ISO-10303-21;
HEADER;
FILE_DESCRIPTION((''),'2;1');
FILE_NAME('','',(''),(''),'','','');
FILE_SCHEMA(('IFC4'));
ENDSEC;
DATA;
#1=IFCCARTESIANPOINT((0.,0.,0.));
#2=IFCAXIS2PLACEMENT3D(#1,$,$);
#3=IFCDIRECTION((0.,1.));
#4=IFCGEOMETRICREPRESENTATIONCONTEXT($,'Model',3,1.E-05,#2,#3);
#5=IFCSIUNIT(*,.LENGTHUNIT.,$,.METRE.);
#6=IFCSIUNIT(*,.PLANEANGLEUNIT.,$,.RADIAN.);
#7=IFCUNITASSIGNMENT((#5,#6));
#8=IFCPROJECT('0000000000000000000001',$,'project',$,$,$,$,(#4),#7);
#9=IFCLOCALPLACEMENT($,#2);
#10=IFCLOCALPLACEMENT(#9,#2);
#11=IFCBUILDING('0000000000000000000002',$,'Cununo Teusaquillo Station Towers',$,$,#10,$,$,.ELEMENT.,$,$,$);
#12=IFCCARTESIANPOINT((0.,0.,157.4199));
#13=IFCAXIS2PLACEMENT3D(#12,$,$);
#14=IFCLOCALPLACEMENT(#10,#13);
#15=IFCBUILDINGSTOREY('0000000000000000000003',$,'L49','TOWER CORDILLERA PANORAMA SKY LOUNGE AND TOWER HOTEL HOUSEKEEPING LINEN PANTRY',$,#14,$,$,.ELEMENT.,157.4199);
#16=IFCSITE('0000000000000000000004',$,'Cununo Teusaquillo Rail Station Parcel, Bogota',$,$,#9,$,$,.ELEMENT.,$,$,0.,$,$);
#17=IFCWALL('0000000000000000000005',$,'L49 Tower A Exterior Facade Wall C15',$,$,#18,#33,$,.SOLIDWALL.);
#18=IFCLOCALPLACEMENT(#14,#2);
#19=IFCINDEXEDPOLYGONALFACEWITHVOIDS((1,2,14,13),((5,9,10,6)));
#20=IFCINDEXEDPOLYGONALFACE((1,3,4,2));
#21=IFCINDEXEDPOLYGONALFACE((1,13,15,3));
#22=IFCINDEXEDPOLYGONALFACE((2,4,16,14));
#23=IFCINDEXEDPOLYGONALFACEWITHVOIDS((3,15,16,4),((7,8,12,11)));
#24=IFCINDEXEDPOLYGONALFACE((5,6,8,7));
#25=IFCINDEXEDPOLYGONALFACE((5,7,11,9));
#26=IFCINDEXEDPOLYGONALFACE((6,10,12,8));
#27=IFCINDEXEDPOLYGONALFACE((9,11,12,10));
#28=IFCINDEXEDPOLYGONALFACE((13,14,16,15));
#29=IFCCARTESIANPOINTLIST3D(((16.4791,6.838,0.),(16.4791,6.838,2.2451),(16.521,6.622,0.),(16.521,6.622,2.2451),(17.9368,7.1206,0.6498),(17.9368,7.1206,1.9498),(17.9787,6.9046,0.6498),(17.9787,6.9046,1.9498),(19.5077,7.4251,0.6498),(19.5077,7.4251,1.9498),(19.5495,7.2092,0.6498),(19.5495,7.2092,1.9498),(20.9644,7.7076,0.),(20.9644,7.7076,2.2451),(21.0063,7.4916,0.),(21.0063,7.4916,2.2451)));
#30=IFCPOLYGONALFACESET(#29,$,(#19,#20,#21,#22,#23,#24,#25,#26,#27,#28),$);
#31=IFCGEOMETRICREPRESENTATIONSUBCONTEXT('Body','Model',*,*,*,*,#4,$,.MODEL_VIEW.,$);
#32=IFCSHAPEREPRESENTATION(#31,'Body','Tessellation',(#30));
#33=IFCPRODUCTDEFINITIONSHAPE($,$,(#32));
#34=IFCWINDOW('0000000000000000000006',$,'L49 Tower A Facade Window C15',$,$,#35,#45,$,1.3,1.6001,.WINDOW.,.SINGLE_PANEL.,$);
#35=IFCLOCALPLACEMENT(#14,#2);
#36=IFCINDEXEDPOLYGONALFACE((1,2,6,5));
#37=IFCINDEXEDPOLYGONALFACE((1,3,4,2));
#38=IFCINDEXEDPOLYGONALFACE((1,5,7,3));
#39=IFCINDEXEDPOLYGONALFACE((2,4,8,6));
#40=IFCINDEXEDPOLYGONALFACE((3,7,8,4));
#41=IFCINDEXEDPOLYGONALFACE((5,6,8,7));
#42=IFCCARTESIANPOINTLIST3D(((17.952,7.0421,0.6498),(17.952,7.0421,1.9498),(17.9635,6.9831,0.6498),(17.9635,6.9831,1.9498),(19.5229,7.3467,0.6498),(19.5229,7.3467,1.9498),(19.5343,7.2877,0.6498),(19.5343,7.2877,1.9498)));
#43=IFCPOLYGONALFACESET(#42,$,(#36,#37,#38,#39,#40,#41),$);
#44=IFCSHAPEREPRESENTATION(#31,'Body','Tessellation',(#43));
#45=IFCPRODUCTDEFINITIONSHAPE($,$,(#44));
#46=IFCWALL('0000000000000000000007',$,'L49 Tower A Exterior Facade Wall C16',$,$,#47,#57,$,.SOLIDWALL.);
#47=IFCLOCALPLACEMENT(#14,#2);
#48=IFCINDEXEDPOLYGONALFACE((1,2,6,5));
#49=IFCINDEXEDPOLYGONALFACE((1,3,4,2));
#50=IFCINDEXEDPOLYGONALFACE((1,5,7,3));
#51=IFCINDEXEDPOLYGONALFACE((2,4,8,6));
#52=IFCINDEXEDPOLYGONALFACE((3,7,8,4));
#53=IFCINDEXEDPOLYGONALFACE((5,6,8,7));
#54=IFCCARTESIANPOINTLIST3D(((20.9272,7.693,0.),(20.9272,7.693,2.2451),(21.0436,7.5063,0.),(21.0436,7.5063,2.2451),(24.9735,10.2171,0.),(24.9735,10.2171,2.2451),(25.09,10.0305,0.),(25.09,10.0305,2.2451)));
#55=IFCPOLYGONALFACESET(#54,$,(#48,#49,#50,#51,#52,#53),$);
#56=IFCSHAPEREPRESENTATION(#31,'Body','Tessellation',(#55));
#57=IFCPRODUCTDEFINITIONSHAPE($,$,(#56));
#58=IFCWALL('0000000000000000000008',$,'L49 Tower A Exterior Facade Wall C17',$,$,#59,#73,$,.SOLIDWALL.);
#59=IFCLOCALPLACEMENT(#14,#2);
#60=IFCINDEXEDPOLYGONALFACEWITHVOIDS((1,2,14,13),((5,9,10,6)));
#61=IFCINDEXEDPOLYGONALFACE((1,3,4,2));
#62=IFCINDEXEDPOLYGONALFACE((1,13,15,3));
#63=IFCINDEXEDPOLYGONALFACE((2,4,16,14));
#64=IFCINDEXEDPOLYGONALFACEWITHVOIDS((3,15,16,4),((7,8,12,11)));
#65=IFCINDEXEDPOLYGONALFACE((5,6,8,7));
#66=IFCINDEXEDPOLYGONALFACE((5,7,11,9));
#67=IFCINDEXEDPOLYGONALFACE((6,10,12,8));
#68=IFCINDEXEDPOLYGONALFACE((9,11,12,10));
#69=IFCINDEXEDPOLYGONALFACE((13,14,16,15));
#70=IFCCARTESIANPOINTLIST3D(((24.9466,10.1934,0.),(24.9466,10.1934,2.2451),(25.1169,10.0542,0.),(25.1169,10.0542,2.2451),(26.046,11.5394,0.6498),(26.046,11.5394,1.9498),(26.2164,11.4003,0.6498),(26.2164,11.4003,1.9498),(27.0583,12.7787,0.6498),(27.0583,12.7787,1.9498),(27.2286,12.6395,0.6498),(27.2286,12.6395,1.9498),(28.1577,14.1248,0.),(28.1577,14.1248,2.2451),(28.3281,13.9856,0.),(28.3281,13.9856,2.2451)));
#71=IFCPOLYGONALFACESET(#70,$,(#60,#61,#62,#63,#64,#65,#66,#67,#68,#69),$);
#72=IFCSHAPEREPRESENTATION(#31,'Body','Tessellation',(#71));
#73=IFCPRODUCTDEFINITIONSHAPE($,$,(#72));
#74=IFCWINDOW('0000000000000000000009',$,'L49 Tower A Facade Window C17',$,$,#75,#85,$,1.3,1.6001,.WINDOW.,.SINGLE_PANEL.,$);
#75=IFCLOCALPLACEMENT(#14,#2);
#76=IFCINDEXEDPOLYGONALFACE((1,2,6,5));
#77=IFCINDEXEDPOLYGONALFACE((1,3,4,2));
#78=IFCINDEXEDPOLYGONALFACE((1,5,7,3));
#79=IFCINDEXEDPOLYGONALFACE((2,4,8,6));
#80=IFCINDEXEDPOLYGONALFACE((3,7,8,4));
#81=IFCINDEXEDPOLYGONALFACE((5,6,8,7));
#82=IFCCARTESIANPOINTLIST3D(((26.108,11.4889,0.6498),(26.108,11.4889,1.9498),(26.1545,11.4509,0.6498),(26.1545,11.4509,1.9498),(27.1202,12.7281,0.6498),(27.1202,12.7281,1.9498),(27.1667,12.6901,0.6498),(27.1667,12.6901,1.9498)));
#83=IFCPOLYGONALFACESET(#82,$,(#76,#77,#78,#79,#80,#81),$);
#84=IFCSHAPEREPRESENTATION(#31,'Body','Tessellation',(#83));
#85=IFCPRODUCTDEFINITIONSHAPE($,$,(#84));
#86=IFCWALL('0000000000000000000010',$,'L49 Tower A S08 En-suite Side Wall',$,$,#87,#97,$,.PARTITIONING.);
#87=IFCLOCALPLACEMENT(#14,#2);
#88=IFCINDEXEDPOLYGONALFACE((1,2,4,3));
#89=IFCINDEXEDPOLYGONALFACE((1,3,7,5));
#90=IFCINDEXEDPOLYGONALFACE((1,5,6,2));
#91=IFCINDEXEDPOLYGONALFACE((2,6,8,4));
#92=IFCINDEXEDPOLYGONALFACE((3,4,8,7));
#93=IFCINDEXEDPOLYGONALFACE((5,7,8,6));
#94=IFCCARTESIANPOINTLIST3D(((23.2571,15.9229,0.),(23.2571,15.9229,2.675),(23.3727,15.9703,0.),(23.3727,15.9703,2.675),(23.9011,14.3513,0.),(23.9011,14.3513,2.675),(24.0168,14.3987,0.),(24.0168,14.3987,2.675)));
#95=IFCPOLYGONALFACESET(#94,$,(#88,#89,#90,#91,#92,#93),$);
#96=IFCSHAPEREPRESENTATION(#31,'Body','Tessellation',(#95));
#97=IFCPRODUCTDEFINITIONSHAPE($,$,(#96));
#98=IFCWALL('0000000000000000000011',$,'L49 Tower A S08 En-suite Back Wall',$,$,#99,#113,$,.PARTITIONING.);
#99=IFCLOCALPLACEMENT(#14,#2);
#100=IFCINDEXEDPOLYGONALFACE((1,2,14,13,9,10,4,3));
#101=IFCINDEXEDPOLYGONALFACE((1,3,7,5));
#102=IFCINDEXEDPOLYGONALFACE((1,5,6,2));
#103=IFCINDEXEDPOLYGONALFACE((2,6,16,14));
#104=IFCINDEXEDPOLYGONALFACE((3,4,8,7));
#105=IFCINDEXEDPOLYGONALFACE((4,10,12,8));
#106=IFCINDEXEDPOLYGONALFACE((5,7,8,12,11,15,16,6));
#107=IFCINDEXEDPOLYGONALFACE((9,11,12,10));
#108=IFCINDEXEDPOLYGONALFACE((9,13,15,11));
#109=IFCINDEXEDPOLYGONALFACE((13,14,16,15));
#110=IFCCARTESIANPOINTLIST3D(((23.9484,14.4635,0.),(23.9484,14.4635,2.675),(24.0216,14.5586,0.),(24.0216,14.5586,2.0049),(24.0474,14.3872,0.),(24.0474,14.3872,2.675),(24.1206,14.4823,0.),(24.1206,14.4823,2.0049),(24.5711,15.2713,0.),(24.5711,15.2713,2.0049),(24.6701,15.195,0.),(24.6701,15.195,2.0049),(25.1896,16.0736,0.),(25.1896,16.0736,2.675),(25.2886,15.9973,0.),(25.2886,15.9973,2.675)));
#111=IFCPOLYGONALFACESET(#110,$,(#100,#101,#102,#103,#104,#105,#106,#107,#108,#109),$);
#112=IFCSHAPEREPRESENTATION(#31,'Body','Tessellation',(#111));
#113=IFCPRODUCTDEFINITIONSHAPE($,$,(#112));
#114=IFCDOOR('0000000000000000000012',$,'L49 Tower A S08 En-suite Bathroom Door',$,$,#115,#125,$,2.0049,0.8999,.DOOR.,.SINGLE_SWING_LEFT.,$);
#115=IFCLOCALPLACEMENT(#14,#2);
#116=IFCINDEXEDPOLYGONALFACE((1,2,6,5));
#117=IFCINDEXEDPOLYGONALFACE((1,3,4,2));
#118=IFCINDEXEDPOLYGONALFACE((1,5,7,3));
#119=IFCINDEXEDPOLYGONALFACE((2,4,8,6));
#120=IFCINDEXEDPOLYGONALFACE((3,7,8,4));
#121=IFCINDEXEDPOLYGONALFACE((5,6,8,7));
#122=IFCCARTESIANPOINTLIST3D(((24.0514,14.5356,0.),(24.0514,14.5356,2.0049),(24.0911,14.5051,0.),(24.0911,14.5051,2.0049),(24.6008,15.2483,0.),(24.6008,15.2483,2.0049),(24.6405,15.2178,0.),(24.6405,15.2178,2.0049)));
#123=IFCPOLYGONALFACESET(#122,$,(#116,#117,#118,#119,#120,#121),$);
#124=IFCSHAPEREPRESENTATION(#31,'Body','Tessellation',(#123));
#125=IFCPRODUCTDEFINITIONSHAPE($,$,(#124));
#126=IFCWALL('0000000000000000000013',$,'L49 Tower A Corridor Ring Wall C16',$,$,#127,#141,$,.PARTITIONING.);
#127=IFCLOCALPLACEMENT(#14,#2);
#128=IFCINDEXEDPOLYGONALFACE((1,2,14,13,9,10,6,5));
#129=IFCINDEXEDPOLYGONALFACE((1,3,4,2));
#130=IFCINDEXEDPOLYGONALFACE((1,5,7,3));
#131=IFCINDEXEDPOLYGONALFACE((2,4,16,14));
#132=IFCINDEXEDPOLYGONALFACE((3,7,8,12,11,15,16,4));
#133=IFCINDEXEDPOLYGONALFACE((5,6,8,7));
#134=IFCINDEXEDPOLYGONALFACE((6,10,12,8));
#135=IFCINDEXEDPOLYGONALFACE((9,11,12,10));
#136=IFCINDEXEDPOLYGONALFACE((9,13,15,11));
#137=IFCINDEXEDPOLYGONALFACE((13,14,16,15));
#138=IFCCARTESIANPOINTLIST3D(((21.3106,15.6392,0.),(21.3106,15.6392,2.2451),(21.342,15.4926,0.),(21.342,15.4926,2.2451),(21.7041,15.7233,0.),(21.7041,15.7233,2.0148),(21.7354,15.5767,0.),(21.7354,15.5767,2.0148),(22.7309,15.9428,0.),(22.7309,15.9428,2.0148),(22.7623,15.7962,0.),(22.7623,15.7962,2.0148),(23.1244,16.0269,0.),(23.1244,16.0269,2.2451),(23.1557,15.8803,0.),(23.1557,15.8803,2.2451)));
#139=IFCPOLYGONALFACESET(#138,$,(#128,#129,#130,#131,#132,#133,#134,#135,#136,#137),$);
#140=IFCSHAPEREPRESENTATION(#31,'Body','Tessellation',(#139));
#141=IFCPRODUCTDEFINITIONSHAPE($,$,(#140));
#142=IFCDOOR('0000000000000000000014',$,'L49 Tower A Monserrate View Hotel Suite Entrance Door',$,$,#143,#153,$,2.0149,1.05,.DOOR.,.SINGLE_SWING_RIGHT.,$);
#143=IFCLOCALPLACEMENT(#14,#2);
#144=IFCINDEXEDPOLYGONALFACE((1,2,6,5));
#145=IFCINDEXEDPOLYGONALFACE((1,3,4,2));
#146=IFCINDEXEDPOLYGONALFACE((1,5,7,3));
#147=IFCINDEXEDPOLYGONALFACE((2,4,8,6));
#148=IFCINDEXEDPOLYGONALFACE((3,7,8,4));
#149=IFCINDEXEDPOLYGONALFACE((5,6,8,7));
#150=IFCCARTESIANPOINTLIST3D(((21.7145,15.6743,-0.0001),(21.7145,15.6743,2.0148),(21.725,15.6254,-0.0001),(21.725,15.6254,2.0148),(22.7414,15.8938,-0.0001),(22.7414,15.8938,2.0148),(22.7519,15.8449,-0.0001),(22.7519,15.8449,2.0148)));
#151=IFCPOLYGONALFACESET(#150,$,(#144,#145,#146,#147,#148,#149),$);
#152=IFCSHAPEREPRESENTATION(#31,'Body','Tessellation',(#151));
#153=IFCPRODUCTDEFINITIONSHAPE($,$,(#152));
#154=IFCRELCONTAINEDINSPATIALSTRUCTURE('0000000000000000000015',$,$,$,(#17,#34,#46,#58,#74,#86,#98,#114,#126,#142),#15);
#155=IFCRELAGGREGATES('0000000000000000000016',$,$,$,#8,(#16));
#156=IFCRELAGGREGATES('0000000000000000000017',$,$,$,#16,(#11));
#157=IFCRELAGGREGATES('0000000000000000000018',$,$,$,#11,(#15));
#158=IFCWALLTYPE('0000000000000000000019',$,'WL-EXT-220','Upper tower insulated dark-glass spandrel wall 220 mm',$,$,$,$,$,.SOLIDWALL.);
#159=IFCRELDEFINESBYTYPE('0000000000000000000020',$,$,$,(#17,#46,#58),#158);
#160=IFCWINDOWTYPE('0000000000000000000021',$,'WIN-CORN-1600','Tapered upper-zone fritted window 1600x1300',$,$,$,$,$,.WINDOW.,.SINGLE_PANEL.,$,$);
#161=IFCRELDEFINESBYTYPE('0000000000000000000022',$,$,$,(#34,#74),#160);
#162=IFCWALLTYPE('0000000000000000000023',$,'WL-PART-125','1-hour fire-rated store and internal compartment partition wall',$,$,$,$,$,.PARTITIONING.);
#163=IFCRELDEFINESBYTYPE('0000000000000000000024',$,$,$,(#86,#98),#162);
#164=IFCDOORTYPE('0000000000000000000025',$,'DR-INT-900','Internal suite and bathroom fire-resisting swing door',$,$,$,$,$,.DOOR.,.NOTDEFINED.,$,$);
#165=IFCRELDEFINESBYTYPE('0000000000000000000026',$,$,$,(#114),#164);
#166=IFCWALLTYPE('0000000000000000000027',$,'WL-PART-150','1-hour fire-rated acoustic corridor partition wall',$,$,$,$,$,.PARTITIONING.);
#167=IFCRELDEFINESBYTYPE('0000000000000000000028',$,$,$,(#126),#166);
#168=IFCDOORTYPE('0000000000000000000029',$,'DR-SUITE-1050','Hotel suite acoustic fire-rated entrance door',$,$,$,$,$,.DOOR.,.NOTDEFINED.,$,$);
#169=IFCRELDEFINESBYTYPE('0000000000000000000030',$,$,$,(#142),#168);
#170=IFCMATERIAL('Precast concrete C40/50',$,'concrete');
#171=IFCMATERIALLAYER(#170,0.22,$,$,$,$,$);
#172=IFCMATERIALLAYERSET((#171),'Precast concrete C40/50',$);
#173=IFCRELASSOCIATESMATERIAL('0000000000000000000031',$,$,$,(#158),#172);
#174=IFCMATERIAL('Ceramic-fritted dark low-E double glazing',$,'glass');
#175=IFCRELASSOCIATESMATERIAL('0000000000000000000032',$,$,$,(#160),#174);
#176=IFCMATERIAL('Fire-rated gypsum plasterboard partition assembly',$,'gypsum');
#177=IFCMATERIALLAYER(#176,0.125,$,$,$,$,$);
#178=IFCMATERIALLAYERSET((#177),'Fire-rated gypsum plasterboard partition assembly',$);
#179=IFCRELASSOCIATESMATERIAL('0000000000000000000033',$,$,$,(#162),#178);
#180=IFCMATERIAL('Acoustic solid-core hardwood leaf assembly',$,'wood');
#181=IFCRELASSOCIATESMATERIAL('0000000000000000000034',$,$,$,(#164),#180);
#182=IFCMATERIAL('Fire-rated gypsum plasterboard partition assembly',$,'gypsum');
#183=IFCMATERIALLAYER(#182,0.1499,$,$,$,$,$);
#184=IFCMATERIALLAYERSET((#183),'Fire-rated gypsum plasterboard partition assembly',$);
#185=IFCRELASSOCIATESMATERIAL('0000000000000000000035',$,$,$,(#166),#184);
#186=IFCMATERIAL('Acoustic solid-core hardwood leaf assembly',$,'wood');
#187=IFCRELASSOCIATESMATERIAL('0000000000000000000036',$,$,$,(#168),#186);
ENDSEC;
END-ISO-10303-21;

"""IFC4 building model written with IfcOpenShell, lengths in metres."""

from ifc_helpers import new_model, si_unit, direction, frame, frame_2d, origin, place, context, subcontext, project, spatial, rectangle, extrude, source, transform, mapped, material, layer, layer_set, type_object, element, fill, save


model = new_model("IFC4")

# Units and contexts
model_context = context("Model", 3, precision=1e-05, world=origin(), true_north=direction((0.0, 1.0)))
body_context = subcontext(model_context, "Body", "Model", "MODEL_VIEW")
ifc_project = project(units=[si_unit("LENGTHUNIT", "METRE"), si_unit("PLANEANGLEUNIT", "RADIAN")], contexts=[model_context])

# Site, building, storey
site_placement = place(None, origin())
site = spatial("IfcSite", under=ifc_project, at=site_placement, Name="Cununo Teusaquillo Rail Station Parcel, Bogota", CompositionType="ELEMENT", RefElevation=0.0)
building_placement = place(site_placement, origin())
building = spatial("IfcBuilding", under=site, at=building_placement, Name="Cununo Teusaquillo Station Towers", CompositionType="ELEMENT")
storey_placement = place(building_placement, frame((0.0, 0.0, 157.4199)))
storey = spatial("IfcBuildingStorey", under=building, at=storey_placement, Name="L49", Description="TOWER CORDILLERA PANORAMA SKY LOUNGE AND TOWER HOTEL HOUSEKEEPING LINEN PANTRY", CompositionType="ELEMENT", Elevation=157.4199)

# Wall, opening, window
ifc_material_1 = material(Name="Precast concrete C40/50", Category="concrete")
ifc_layer_1 = layer(ifc_material_1, 0.22)
ifc_layer_set_1 = layer_set([ifc_layer_1], Name="Precast concrete C40/50")
wall_type_1 = type_object("IfcWallType", Name="WL-EXT-220", Description="Upper tower insulated dark-glass spandrel wall 220 mm", PredefinedType="SOLIDWALL", material=ifc_layer_set_1)
shared_shape_1 = source(origin(), body_context, "Body", "SweptSolid", [
    extrude(rectangle(XDim=1.6001, YDim=1.3, at=frame_2d((0.8, 0.6499))), frame((0.0, 0.1199, 0.0), z_axis=(0.0, -1.0, 0.0), x_axis=(1.0, 0.0, 0.0)), (0.0, 0.0, 1.0), 0.24),
])
ifc_material_2 = material(Name="Ceramic-fritted dark low-E double glazing", Category="glass")
window_type = type_object("IfcWindowType", Name="WIN-CORN-1600", Description="Tapered upper-zone fritted window 1600x1300", PartitioningType="SINGLE_PANEL", PredefinedType="WINDOW", material=ifc_material_2)
shared_shape_2 = source(origin(), body_context, "Body", "SweptSolid", [
    extrude(rectangle(XDim=1.6001, YDim=1.3, at=frame_2d((0.8, 0.6499))), frame((0.0, 0.03, 0.0), z_axis=(0.0, -1.0, 0.0), x_axis=(1.0, 0.0, 0.0)), (0.0, 0.0, 1.0), 0.0601),
])
wall_1_placement = place(storey_placement, frame((20.9854, 7.5996, 0.0), z_axis=(0.0, 0.0, 1.0), x_axis=(-0.981719, -0.190338, 0.0)))
wall_1 = element("IfcWall", 1, at=wall_1_placement, inside=storey, type_object=wall_type_1, Name="L49 Tower A Exterior Facade Wall C15", PredefinedType="SOLIDWALL", context=body_context, shape_type="SweptSolid", body=[
    extrude(rectangle(XDim=4.5688, YDim=0.22, at=frame_2d((2.2844, 0.0))), origin(), (0.0, 0.0, 1.0), 2.2451),
])
opening_1_placement = place(wall_1_placement, frame((1.4839, 0.0, 0.6499)))
opening_1 = element("IfcOpeningElement", 2, at=opening_1_placement, cuts=wall_1, PredefinedType="OPENING", context=body_context, shape_type="MappedRepresentation", body=[
    mapped(shared_shape_1, transform((0.0, 0.0, 0.0), x_axis=(1.0, 0.0, 0.0), y_axis=(0.0, 1.0, 0.0), z_axis=(0.0, 0.0, 1.0), scale=1.0)),
])
window_1_placement = place(opening_1_placement, origin())
window_1 = element("IfcWindow", 3, at=window_1_placement, inside=storey, type_object=window_type, Name="L49 Tower A Facade Window C15", OverallHeight=1.3, OverallWidth=1.6001, PartitioningType="SINGLE_PANEL", PredefinedType="WINDOW", context=body_context, shape_type="MappedRepresentation", body=[
    mapped(shared_shape_2, transform((0.0, 0.0, 0.0), x_axis=(1.0, 0.0, 0.0), y_axis=(0.0, 1.0, 0.0), z_axis=(0.0, 0.0, 1.0), scale=1.0)),
])
fill(opening_1, window_1)

# Wall
wall_2_placement = place(storey_placement, frame((25.0317, 10.1238, 0.0), z_axis=(0.0, 0.0, 1.0), x_axis=(-0.848452, -0.529272, 0.0)))
element("IfcWall", 4, at=wall_2_placement, inside=storey, type_object=wall_type_1, Name="L49 Tower A Exterior Facade Wall C16", PredefinedType="SOLIDWALL", context=body_context, shape_type="SweptSolid", body=[
    extrude(rectangle(XDim=4.769, YDim=0.22, at=frame_2d((2.3845, 0.0))), origin(), (0.0, 0.0, 1.0), 2.2451),
])

# Wall, opening, window
wall_3_placement = place(storey_placement, frame((28.2429, 14.0552, 0.0), z_axis=(0.0, 0.0, 1.0), x_axis=(-0.632599, -0.77448, 0.0)))
wall_3 = element("IfcWall", 5, at=wall_3_placement, inside=storey, type_object=wall_type_1, Name="L49 Tower A Exterior Facade Wall C17", PredefinedType="SOLIDWALL", context=body_context, shape_type="SweptSolid", body=[
    extrude(rectangle(XDim=5.0762, YDim=0.22, at=frame_2d((2.5381, 0.0))), origin(), (0.0, 0.0, 1.0), 2.2451),
])
opening_2_placement = place(wall_3_placement, frame((1.738, 0.0, 0.6499)))
opening_2 = element("IfcOpeningElement", 6, at=opening_2_placement, cuts=wall_3, PredefinedType="OPENING", context=body_context, shape_type="MappedRepresentation", body=[
    mapped(shared_shape_1, transform((0.0, 0.0, 0.0), x_axis=(1.0, 0.0, 0.0), y_axis=(0.0, 1.0, 0.0), z_axis=(0.0, 0.0, 1.0), scale=1.0)),
])
window_2_placement = place(opening_2_placement, origin())
window_2 = element("IfcWindow", 7, at=window_2_placement, inside=storey, type_object=window_type, Name="L49 Tower A Facade Window C17", OverallHeight=1.3, OverallWidth=1.6001, PartitioningType="SINGLE_PANEL", PredefinedType="WINDOW", context=body_context, shape_type="MappedRepresentation", body=[
    mapped(shared_shape_2, transform((0.0, 0.0, 0.0), x_axis=(1.0, 0.0, 0.0), y_axis=(0.0, 1.0, 0.0), z_axis=(0.0, 0.0, 1.0), scale=1.0)),
])
fill(opening_2, window_2)

# Wall
ifc_material_3 = material(Name="Fire-rated gypsum plasterboard partition assembly", Category="gypsum")
ifc_layer_2 = layer(ifc_material_3, 0.125)
ifc_layer_set_2 = layer_set([ifc_layer_2], Name="Fire-rated gypsum plasterboard partition assembly")
wall_type_2 = type_object("IfcWallType", Name="WL-PART-125", Description="1-hour fire-rated store and internal compartment partition wall", PredefinedType="PARTITIONING", material=ifc_layer_set_2)
wall_4_placement = place(storey_placement, frame((23.3149, 15.9465, 0.0), z_axis=(0.0, 0.0, 1.0), x_axis=(0.379209, -0.925311, 0.0)))
element("IfcWall", 8, at=wall_4_placement, inside=storey, type_object=wall_type_2, Name="L49 Tower A S08 En-suite Side Wall", PredefinedType="PARTITIONING", context=body_context, shape_type="SweptSolid", body=[
    extrude(rectangle(XDim=1.6985, YDim=0.125, at=frame_2d((0.8491, 0.0))), origin(), (0.0, 0.0, 1.0), 2.675),
])

# Walls, openings, doors
wall_5_placement = place(storey_placement, frame((23.9978, 14.4253, 0.0), z_axis=(0.0, 0.0, 1.0), x_axis=(0.610535, 0.79199, 0.0)))
wall_5 = element("IfcWall", 9, at=wall_5_placement, inside=storey, type_object=wall_type_2, Name="L49 Tower A S08 En-suite Back Wall", PredefinedType="PARTITIONING", context=body_context, shape_type="SweptSolid", body=[
    extrude(rectangle(XDim=2.033, YDim=0.125, at=frame_2d((1.0166, 0.0))), origin(), (0.0, 0.0, 1.0), 2.675),
])
shared_shape_3 = source(origin(), body_context, "Body", "SweptSolid", [
    extrude(rectangle(XDim=0.8999, YDim=2.0049, at=frame_2d((0.45, 1.0024))), frame((0.0, 0.0725, 0.0), z_axis=(0.0, -1.0, 0.0), x_axis=(1.0, 0.0, 0.0)), (0.0, 0.0, 1.0), 0.145),
])
opening_3_placement = place(wall_5_placement, frame((0.1201, 0.0, 0.0)))
opening_3 = element("IfcOpeningElement", 10, at=opening_3_placement, cuts=wall_5, PredefinedType="OPENING", context=body_context, shape_type="MappedRepresentation", body=[
    mapped(shared_shape_3, transform((0.0, 0.0, 0.0), x_axis=(1.0, 0.0, 0.0), y_axis=(0.0, 1.0, 0.0), z_axis=(0.0, 0.0, 1.0), scale=1.0)),
])
ifc_material_4 = material(Name="Acoustic solid-core hardwood leaf assembly", Category="wood")
door_type_1 = type_object("IfcDoorType", Name="DR-INT-900", Description="Internal suite and bathroom fire-resisting swing door", OperationType="NOTDEFINED", PredefinedType="DOOR", material=ifc_material_4)
shared_shape_4 = source(origin(), body_context, "Body", "SweptSolid", [
    extrude(rectangle(XDim=0.8999, YDim=2.0049, at=frame_2d((0.45, 1.0024))), frame((0.0, 0.0249, 0.0), z_axis=(0.0, -1.0, 0.0), x_axis=(1.0, 0.0, 0.0)), (0.0, 0.0, 1.0), 0.05),
])
door_1_placement = place(opening_3_placement, origin())
door_1 = element("IfcDoor", 11, at=door_1_placement, inside=storey, type_object=door_type_1, Name="L49 Tower A S08 En-suite Bathroom Door", OperationType="SINGLE_SWING_LEFT", OverallHeight=2.0049, OverallWidth=0.8999, PredefinedType="DOOR", context=body_context, shape_type="MappedRepresentation", body=[
    mapped(shared_shape_4, transform((0.0, 0.0, 0.0), x_axis=(1.0, 0.0, 0.0), y_axis=(0.0, 1.0, 0.0), z_axis=(0.0, 0.0, 1.0), scale=1.0)),
])
fill(opening_3, door_1)
ifc_material_5 = material(Name="Fire-rated gypsum plasterboard partition assembly", Category="gypsum")
ifc_layer_3 = layer(ifc_material_5, 0.1499)
ifc_layer_set_3 = layer_set([ifc_layer_3], Name="Fire-rated gypsum plasterboard partition assembly")
wall_type_3 = type_object("IfcWallType", Name="WL-PART-150", Description="1-hour fire-rated acoustic corridor partition wall", PredefinedType="PARTITIONING", material=ifc_layer_set_3)
wall_6_placement = place(storey_placement, frame((21.3264, 15.5659, 0.0), z_axis=(0.0, 0.0, 1.0), x_axis=(0.977908, 0.209035, 0.0)))
wall_6 = element("IfcWall", 12, at=wall_6_placement, inside=storey, type_object=wall_type_3, Name="L49 Tower A Corridor Ring Wall C16", PredefinedType="PARTITIONING", context=body_context, shape_type="SweptSolid", body=[
    extrude(rectangle(XDim=1.8547, YDim=0.1499, at=frame_2d((0.9272, 0.0))), origin(), (0.0, 0.0, 1.0), 2.2451),
])
shared_shape_5 = source(origin(), body_context, "Body", "SweptSolid", [
    extrude(rectangle(XDim=1.05, YDim=2.0149, at=frame_2d((0.5249, 1.0073))), frame((0.0, 0.085, 0.0), z_axis=(0.0, -1.0, 0.0), x_axis=(1.0, 0.0, 0.0)), (0.0, 0.0, 1.0), 0.1699),
])
opening_4_placement = place(wall_6_placement, frame((0.4023, 0.0, 0.0)))
opening_4 = element("IfcOpeningElement", 13, at=opening_4_placement, cuts=wall_6, PredefinedType="OPENING", context=body_context, shape_type="MappedRepresentation", body=[
    mapped(shared_shape_5, transform((0.0, 0.0, 0.0), x_axis=(1.0, 0.0, 0.0), y_axis=(0.0, 1.0, 0.0), z_axis=(0.0, 0.0, 1.0), scale=1.0)),
])
ifc_material_6 = material(Name="Acoustic solid-core hardwood leaf assembly", Category="wood")
door_type_2 = type_object("IfcDoorType", Name="DR-SUITE-1050", Description="Hotel suite acoustic fire-rated entrance door", OperationType="NOTDEFINED", PredefinedType="DOOR", material=ifc_material_6)
shared_shape_6 = source(origin(), body_context, "Body", "SweptSolid", [
    extrude(rectangle(XDim=1.05, YDim=2.0149, at=frame_2d((0.5249, 1.0073))), frame((0.0, 0.0249, 0.0), z_axis=(0.0, -1.0, 0.0), x_axis=(1.0, 0.0, 0.0)), (0.0, 0.0, 1.0), 0.05),
])
door_2_placement = place(opening_4_placement, origin())
door_2 = element("IfcDoor", 14, at=door_2_placement, inside=storey, type_object=door_type_2, Name="L49 Tower A Monserrate View Hotel Suite Entrance Door", OperationType="SINGLE_SWING_RIGHT", OverallHeight=2.0149, OverallWidth=1.05, PredefinedType="DOOR", context=body_context, shape_type="MappedRepresentation", body=[
    mapped(shared_shape_6, transform((0.0, 0.0, 0.0), x_axis=(1.0, 0.0, 0.0), y_axis=(0.0, 1.0, 0.0), z_axis=(0.0, 0.0, 1.0), scale=1.0)),
])
fill(opening_4, door_2)

save(model, "model.ifc")
